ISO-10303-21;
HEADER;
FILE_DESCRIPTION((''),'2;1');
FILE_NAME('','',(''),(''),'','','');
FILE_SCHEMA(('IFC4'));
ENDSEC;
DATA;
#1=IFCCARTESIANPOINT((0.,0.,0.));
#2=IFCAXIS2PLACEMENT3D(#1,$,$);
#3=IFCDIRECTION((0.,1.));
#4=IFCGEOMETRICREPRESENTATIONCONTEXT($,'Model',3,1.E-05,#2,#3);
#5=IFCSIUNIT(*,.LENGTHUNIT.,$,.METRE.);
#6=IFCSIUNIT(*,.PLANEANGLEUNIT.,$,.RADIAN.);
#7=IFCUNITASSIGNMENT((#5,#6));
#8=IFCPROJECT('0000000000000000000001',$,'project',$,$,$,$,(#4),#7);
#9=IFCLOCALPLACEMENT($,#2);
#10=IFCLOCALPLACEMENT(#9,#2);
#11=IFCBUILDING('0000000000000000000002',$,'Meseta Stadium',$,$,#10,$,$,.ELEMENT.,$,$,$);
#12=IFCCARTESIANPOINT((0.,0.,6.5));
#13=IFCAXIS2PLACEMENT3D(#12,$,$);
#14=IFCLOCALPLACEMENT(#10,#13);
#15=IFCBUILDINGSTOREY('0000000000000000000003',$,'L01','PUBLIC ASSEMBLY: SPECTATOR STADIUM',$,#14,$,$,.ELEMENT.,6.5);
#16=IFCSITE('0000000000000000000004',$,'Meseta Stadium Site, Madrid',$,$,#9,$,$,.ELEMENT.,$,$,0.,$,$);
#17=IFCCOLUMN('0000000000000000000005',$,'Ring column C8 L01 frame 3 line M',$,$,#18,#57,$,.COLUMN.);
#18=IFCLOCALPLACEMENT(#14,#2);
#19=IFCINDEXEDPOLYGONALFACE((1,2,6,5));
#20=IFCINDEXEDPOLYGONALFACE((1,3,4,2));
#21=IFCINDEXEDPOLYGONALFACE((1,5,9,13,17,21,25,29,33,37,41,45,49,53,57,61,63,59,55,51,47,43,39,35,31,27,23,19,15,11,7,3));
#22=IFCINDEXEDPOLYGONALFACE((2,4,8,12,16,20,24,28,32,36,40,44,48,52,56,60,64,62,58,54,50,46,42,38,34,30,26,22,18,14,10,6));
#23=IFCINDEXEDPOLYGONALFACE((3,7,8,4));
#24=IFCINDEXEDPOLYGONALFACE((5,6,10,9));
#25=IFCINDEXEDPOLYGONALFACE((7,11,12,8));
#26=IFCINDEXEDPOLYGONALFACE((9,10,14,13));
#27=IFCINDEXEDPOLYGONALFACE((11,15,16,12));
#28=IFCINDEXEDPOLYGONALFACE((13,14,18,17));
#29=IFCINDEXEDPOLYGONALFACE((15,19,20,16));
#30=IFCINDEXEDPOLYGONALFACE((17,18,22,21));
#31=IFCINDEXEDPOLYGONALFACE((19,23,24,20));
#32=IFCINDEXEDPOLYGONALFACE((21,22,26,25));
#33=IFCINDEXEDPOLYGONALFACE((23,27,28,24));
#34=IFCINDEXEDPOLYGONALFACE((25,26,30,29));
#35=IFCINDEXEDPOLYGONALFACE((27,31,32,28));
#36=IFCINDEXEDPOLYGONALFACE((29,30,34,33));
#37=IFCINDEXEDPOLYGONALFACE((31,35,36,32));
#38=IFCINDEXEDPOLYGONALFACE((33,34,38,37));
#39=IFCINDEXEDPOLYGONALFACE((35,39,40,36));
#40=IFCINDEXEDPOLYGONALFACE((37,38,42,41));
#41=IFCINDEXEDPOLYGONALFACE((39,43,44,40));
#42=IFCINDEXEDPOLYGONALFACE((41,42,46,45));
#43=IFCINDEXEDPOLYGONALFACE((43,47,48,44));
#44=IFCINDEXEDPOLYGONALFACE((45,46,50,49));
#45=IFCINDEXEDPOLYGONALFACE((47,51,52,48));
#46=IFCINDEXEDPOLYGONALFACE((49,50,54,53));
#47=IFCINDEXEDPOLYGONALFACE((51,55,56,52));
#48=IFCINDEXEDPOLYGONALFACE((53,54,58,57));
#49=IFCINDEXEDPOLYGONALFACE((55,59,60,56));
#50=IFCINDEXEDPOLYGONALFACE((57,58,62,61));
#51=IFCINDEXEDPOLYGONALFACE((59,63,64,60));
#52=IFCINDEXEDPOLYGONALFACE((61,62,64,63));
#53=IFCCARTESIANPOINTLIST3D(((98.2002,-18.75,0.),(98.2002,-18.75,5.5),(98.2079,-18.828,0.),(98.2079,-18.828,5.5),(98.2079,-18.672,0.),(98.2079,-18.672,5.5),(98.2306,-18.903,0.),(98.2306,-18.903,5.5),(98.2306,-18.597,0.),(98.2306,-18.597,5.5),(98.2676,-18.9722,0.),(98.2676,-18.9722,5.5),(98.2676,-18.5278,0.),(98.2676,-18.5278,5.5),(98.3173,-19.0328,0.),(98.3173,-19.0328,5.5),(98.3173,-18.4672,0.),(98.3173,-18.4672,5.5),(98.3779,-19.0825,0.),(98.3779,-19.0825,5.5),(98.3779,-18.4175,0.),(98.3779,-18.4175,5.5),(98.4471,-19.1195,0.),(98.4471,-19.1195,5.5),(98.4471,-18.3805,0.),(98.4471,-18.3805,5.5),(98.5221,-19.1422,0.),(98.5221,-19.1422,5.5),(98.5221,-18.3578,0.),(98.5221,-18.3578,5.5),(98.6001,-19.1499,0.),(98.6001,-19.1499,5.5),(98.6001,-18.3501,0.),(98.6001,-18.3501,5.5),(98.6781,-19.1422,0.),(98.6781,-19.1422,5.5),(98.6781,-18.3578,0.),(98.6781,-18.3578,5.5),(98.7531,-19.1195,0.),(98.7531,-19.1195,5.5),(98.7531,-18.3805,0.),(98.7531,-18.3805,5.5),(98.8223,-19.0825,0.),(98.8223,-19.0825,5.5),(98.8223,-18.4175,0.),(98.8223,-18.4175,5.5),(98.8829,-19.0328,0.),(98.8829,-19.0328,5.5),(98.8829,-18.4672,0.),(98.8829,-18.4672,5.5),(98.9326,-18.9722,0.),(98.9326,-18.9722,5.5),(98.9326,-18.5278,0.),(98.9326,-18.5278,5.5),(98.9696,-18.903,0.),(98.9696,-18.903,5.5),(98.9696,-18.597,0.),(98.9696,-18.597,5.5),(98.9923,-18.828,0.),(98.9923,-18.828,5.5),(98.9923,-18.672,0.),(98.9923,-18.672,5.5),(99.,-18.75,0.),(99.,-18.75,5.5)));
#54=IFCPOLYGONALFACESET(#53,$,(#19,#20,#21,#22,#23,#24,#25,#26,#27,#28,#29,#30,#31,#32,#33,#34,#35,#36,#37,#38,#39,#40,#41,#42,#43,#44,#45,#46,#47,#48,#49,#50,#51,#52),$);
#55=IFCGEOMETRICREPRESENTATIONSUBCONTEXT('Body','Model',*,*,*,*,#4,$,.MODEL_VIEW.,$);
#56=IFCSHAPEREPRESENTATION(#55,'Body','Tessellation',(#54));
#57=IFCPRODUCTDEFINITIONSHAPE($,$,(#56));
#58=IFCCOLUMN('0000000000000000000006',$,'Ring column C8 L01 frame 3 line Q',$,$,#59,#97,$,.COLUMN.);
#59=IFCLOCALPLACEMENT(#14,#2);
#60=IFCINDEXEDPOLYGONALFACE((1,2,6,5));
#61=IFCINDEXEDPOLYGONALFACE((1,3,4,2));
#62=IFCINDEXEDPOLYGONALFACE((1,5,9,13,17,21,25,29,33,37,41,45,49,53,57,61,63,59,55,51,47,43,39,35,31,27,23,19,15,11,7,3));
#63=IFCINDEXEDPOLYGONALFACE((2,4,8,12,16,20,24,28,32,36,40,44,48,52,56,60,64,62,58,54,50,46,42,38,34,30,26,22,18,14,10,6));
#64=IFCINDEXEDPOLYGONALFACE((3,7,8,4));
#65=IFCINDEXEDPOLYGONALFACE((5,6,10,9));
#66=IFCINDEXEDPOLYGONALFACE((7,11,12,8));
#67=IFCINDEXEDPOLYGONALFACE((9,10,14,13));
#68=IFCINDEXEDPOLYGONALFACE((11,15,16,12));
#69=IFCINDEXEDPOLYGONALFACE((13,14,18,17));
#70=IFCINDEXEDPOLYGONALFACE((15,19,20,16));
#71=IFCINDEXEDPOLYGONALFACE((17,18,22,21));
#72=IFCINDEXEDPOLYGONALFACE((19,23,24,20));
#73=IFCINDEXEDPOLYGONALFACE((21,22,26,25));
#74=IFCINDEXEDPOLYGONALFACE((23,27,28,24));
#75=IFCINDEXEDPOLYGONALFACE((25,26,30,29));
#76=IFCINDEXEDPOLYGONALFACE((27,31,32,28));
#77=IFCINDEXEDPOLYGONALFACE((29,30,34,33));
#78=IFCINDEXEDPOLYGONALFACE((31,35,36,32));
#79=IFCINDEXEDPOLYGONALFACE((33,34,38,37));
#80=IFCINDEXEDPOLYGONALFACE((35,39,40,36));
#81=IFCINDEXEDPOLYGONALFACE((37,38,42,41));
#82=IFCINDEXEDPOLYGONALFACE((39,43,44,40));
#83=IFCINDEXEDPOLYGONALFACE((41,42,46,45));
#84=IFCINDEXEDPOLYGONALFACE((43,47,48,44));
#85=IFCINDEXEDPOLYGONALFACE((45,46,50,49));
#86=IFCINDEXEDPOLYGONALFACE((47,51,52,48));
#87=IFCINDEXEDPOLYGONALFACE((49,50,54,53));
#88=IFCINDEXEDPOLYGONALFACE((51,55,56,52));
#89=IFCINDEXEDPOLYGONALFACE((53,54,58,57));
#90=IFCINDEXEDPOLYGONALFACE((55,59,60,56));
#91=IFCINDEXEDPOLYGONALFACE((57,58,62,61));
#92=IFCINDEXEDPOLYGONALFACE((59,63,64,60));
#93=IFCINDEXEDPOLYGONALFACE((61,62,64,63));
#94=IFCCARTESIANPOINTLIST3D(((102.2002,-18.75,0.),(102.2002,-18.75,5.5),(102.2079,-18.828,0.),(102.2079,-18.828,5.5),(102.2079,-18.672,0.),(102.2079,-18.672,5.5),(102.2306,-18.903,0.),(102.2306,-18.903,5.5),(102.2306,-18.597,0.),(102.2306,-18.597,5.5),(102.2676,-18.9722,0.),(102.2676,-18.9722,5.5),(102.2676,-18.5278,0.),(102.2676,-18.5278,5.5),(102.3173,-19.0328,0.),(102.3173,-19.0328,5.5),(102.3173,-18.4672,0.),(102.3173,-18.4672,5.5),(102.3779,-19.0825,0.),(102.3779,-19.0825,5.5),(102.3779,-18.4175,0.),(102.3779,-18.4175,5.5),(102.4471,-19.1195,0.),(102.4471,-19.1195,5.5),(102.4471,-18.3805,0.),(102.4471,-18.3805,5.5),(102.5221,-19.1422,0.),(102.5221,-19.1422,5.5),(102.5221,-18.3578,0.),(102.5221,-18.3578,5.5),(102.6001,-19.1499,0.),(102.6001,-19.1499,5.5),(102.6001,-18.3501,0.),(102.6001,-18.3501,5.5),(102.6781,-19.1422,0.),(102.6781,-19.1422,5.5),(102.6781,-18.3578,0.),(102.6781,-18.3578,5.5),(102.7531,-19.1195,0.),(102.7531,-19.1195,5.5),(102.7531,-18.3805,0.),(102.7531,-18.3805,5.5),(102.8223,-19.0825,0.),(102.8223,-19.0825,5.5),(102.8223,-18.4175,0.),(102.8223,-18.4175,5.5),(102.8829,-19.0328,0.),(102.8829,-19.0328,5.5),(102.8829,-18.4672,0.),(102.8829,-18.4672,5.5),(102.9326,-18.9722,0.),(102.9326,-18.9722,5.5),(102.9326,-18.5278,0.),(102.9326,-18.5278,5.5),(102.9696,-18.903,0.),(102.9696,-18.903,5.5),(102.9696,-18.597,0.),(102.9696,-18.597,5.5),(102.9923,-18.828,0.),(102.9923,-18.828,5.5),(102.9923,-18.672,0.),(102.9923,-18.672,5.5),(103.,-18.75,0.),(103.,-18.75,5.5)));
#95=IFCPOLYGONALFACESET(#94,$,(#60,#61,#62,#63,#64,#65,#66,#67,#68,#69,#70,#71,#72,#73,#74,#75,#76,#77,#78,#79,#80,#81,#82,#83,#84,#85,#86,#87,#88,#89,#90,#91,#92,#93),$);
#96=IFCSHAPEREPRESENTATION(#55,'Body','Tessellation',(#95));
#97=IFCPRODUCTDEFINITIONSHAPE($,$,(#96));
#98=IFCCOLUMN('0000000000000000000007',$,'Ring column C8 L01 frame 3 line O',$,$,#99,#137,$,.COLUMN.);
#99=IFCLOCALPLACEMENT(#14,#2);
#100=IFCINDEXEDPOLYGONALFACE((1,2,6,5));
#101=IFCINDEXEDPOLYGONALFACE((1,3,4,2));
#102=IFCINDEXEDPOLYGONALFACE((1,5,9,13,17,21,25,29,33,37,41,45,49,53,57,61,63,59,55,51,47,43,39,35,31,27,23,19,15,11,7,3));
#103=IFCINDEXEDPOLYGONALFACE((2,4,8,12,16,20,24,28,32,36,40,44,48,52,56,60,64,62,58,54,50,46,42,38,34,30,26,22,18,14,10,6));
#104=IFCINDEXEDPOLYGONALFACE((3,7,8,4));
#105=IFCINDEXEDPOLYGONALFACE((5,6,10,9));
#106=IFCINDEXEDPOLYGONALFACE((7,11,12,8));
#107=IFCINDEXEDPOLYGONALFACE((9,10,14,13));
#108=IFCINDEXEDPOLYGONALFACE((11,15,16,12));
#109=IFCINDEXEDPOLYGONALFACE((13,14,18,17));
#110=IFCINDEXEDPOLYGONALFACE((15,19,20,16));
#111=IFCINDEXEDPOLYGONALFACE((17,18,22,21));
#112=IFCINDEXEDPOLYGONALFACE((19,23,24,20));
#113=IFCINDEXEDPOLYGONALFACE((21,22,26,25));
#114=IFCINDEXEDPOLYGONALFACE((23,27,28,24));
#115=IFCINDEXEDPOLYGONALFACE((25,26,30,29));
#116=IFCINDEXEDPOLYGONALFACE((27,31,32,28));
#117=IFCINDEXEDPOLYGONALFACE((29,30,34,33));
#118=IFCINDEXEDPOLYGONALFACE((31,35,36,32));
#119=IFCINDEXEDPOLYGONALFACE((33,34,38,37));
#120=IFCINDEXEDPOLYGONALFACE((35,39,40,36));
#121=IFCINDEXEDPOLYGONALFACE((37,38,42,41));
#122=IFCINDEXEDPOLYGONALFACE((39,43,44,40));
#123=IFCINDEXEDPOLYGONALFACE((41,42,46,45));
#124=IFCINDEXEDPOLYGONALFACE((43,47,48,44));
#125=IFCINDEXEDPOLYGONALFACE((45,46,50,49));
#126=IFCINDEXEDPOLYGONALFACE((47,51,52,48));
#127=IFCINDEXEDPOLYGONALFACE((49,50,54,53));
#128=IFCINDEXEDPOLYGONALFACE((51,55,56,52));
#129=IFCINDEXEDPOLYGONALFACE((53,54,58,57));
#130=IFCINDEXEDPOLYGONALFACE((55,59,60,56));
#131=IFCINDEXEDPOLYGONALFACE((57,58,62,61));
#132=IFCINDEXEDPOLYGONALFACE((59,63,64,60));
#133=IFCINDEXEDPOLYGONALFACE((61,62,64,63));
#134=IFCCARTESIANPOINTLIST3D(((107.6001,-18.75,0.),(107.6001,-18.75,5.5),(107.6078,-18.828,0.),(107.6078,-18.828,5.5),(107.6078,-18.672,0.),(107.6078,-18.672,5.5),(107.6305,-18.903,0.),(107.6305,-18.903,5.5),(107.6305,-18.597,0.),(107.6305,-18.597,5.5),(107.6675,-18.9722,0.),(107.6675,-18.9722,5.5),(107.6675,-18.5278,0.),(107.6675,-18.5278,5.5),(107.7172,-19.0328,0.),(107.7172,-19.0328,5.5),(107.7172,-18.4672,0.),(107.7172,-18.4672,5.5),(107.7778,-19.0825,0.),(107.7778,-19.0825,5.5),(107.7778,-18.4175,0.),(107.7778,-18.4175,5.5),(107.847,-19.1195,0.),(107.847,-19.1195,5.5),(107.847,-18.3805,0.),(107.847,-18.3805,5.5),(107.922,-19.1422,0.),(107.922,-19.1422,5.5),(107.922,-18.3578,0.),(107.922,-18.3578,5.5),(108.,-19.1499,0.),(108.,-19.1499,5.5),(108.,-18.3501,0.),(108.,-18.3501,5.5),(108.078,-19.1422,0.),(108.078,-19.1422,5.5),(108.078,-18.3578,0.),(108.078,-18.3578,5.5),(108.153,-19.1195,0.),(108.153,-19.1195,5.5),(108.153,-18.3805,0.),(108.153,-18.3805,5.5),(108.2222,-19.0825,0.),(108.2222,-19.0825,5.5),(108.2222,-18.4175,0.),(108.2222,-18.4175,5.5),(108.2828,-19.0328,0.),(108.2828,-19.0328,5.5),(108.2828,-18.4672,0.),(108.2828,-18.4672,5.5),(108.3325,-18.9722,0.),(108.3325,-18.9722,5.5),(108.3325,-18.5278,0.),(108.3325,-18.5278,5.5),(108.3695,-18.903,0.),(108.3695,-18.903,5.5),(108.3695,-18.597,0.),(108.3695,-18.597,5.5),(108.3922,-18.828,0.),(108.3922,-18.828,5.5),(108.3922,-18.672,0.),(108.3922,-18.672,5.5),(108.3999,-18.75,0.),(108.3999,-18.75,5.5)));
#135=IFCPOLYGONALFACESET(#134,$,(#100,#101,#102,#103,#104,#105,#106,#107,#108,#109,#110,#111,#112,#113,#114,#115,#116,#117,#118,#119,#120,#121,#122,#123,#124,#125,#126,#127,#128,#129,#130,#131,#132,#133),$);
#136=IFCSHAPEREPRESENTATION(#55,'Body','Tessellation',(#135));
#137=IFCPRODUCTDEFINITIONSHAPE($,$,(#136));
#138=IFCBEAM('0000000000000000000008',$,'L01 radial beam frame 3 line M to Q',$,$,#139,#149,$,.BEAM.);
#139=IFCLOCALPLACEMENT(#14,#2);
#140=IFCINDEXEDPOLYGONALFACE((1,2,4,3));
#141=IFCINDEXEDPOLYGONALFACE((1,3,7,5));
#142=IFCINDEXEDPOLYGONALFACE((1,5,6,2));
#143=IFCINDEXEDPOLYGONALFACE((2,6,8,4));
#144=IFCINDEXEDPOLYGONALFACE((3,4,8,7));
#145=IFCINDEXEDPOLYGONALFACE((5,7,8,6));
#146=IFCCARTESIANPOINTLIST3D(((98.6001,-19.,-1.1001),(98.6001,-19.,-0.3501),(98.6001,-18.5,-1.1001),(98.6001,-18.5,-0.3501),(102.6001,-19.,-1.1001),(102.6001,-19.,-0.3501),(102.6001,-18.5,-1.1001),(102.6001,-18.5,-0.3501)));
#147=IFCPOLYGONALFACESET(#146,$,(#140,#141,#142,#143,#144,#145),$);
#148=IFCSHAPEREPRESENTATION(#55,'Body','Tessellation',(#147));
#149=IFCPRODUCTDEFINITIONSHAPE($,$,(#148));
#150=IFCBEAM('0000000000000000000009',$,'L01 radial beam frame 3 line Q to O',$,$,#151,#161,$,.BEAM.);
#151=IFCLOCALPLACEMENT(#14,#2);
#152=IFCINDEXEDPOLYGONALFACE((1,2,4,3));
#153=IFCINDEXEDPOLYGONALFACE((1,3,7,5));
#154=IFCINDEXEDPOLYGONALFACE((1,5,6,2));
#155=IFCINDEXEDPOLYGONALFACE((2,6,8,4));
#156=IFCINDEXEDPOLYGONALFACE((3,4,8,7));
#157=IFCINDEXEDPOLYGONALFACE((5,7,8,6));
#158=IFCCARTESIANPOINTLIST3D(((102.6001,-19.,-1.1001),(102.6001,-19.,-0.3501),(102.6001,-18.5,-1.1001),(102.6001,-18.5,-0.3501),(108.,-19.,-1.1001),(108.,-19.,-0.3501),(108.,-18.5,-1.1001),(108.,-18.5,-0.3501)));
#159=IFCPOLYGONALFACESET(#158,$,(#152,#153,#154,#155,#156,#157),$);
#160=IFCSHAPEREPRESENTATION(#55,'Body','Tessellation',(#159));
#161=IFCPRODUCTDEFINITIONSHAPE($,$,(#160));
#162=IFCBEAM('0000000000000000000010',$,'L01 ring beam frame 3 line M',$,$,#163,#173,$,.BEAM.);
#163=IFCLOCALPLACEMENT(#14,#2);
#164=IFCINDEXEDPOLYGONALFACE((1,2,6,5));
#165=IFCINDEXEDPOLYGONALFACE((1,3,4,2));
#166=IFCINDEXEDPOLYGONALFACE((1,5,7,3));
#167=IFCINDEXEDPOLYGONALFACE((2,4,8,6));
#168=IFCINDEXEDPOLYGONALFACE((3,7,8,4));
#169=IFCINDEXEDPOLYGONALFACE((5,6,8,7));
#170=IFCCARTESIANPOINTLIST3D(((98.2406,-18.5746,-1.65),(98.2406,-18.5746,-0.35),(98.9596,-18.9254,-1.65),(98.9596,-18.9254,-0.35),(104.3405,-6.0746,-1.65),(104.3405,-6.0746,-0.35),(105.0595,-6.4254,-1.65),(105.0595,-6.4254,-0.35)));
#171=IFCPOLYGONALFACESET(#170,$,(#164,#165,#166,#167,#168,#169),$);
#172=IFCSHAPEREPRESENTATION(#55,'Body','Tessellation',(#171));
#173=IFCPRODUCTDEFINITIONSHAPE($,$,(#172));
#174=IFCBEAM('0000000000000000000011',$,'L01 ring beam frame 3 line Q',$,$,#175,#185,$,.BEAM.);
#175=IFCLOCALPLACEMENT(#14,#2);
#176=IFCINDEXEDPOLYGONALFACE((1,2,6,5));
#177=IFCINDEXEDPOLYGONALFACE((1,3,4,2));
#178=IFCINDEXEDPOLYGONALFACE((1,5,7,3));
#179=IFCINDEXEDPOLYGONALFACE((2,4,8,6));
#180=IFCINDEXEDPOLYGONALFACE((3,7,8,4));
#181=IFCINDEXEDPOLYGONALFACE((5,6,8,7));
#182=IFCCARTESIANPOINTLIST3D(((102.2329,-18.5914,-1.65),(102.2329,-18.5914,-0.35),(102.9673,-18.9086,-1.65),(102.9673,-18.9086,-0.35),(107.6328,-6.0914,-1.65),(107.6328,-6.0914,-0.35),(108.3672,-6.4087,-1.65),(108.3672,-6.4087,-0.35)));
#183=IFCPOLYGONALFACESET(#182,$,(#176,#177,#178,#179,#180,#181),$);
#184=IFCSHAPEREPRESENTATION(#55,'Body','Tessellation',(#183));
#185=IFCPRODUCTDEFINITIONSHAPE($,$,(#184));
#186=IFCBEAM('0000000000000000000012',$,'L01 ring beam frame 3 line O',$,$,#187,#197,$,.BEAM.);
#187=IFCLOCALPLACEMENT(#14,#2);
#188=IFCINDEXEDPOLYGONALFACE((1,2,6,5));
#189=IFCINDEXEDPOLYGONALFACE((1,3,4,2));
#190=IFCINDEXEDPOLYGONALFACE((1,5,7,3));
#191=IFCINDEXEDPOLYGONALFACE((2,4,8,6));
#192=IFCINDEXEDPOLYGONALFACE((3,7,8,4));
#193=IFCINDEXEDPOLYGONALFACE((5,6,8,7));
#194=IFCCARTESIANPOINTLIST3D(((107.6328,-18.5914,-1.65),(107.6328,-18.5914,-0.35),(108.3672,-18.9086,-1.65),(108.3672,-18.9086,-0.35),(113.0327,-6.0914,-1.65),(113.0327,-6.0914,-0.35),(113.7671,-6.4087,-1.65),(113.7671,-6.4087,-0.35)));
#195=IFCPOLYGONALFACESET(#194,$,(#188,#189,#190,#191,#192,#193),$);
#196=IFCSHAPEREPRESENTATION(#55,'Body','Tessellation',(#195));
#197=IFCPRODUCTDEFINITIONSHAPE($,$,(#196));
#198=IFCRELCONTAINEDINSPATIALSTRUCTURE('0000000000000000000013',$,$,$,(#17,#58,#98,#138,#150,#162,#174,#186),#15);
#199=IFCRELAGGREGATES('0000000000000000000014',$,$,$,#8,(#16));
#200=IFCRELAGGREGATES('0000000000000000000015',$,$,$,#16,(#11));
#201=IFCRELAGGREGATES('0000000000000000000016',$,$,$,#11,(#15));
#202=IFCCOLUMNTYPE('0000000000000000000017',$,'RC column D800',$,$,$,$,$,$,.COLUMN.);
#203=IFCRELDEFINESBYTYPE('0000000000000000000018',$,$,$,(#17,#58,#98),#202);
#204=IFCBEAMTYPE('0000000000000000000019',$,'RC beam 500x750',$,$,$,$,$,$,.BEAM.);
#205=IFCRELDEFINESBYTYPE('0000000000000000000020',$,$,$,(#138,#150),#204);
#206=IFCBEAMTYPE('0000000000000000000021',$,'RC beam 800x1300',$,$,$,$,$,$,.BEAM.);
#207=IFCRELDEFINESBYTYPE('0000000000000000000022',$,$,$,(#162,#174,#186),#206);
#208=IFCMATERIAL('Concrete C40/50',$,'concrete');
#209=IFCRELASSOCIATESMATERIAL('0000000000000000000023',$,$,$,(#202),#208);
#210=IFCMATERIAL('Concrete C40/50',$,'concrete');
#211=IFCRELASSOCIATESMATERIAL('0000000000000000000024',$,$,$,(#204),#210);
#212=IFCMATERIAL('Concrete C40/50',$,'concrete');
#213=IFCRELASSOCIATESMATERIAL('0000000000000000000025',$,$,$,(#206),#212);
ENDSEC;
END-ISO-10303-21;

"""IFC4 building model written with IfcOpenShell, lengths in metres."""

from ifc_helpers import new_model, si_unit, direction, frame, origin, origin_2d, place, context, subcontext, project, spatial, rectangle, circle, extrude, material, material_profile, profile_set, type_object, element, save


model = new_model("IFC4")

# Units and contexts
model_context = context("Model", 3, precision=1e-05, world=origin(), true_north=direction((0.0, 1.0)))
body_context = subcontext(model_context, "Body", "Model", "MODEL_VIEW")
ifc_project = project(units=[si_unit("LENGTHUNIT", "METRE"), si_unit("PLANEANGLEUNIT", "RADIAN")], contexts=[model_context])

# Site, building, storey
site_placement = place(None, origin())
site = spatial("IfcSite", under=ifc_project, at=site_placement, Name="Meseta Stadium Site, Madrid", CompositionType="ELEMENT", RefElevation=0.0)
building_placement = place(site_placement, origin())
building = spatial("IfcBuilding", under=site, at=building_placement, Name="Meseta Stadium", CompositionType="ELEMENT")
storey_placement = place(building_placement, frame((0.0, 0.0, 6.5)))
storey = spatial("IfcBuildingStorey", under=building, at=storey_placement, Name="L01", Description="PUBLIC ASSEMBLY: SPECTATOR STADIUM", CompositionType="ELEMENT", Elevation=6.5)

# Columns
ifc_material_1 = material(Name="Concrete C40/50", Category="concrete")
ifc_material_profile_1 = material_profile(ifc_material_1, circle(Radius=0.3999, at=origin_2d()), Name="RC D800")
ifc_profile_set_1 = profile_set([ifc_material_profile_1], Name="Concrete C40/50")
column_type = type_object("IfcColumnType", Name="RC column D800", PredefinedType="COLUMN", material=ifc_profile_set_1)
for number, where, z_axis, x_axis, name in (
    (1, (98.6001, -18.75, 0.0), (0.0, 0.0, 1.0), (1.0, 0.0, 0.0), "Ring column C8 L01 frame 3 line M"),
    (2, (102.6001, -18.75, 0.0), (0.0, 0.0, 1.0), (1.0, 0.0, 0.0), "Ring column C8 L01 frame 3 line Q"),
    (3, (108.0, -18.75, 0.0), (0.0, 0.0, 1.0), (1.0, 0.0, 0.0), "Ring column C8 L01 frame 3 line O"),
):
    element("IfcColumn", number, at=place(storey_placement, frame(where, z_axis=z_axis, x_axis=x_axis)), inside=storey, type_object=column_type, Name=name, PredefinedType="COLUMN", context=body_context, shape_type="SweptSolid", body=[
        extrude(circle(Radius=0.3999, at=origin_2d()), origin(), (0.0, 0.0, 1.0), 5.5),
    ])

# Beams
ifc_material_2 = material(Name="Concrete C40/50", Category="concrete")
ifc_material_profile_2 = material_profile(ifc_material_2, rectangle(XDim=0.5, YDim=0.75, at=origin_2d()), Name="RC 500x750")
ifc_profile_set_2 = profile_set([ifc_material_profile_2], Name="Concrete C40/50")
beam_type_1 = type_object("IfcBeamType", Name="RC beam 500x750", PredefinedType="BEAM", material=ifc_profile_set_2)
beam_1_placement = place(storey_placement, frame((98.6001, -18.75, -0.7251), z_axis=(1.0, 0.0, 0.0), x_axis=(0.0, 1.0, 0.0)))
element("IfcBeam", 4, at=beam_1_placement, inside=storey, type_object=beam_type_1, Name="L01 radial beam frame 3 line M to Q", PredefinedType="BEAM", context=body_context, shape_type="SweptSolid", body=[
    extrude(rectangle(XDim=0.5, YDim=0.75, at=origin_2d()), origin(), (0.0, 0.0, 1.0), 4.0),
])
beam_2_placement = place(storey_placement, frame((102.6001, -18.75, -0.7251), z_axis=(1.0, 0.0, 0.0), x_axis=(0.0, 1.0, 0.0)))
element("IfcBeam", 5, at=beam_2_placement, inside=storey, type_object=beam_type_1, Name="L01 radial beam frame 3 line Q to O", PredefinedType="BEAM", context=body_context, shape_type="SweptSolid", body=[
    extrude(rectangle(XDim=0.5, YDim=0.75, at=origin_2d()), origin(), (0.0, 0.0, 1.0), 5.3999),
])
ifc_material_3 = material(Name="Concrete C40/50", Category="concrete")
ifc_material_profile_3 = material_profile(ifc_material_3, rectangle(XDim=0.8, YDim=1.3, at=origin_2d()), Name="RC 800x1300")
ifc_profile_set_3 = profile_set([ifc_material_profile_3], Name="Concrete C40/50")
beam_type_2 = type_object("IfcBeamType", Name="RC beam 800x1300", PredefinedType="BEAM", material=ifc_profile_set_3)
beam_3_placement = place(storey_placement, frame((98.6001, -18.75, -1.0), z_axis=(0.438557, 0.898703, 0.0), x_axis=(-0.898703, 0.438557, 0.0)))
element("IfcBeam", 6, at=beam_3_placement, inside=storey, type_object=beam_type_2, Name="L01 ring beam frame 3 line M", PredefinedType="BEAM", context=body_context, shape_type="SweptSolid", body=[
    extrude(rectangle(XDim=0.8, YDim=1.3, at=origin_2d()), origin(), (0.0, 0.0, 1.0), 13.9089),
])
for number, where, z_axis, x_axis, name in (
    (7, (102.6001, -18.75, -1.0), (0.396571, 0.918004, 0.0), (-0.918004, 0.396571, 0.0), "L01 ring beam frame 3 line Q"),
    (8, (108.0, -18.75, -1.0), (0.396571, 0.918004, 0.0), (-0.918004, 0.396571, 0.0), "L01 ring beam frame 3 line O"),
):
    element("IfcBeam", number, at=place(storey_placement, frame(where, z_axis=z_axis, x_axis=x_axis)), inside=storey, type_object=beam_type_2, Name=name, PredefinedType="BEAM", context=body_context, shape_type="SweptSolid", body=[
        extrude(rectangle(XDim=0.8, YDim=1.3, at=origin_2d()), origin(), (0.0, 0.0, 1.0), 13.6165),
    ])

save(model, "model.ifc")
